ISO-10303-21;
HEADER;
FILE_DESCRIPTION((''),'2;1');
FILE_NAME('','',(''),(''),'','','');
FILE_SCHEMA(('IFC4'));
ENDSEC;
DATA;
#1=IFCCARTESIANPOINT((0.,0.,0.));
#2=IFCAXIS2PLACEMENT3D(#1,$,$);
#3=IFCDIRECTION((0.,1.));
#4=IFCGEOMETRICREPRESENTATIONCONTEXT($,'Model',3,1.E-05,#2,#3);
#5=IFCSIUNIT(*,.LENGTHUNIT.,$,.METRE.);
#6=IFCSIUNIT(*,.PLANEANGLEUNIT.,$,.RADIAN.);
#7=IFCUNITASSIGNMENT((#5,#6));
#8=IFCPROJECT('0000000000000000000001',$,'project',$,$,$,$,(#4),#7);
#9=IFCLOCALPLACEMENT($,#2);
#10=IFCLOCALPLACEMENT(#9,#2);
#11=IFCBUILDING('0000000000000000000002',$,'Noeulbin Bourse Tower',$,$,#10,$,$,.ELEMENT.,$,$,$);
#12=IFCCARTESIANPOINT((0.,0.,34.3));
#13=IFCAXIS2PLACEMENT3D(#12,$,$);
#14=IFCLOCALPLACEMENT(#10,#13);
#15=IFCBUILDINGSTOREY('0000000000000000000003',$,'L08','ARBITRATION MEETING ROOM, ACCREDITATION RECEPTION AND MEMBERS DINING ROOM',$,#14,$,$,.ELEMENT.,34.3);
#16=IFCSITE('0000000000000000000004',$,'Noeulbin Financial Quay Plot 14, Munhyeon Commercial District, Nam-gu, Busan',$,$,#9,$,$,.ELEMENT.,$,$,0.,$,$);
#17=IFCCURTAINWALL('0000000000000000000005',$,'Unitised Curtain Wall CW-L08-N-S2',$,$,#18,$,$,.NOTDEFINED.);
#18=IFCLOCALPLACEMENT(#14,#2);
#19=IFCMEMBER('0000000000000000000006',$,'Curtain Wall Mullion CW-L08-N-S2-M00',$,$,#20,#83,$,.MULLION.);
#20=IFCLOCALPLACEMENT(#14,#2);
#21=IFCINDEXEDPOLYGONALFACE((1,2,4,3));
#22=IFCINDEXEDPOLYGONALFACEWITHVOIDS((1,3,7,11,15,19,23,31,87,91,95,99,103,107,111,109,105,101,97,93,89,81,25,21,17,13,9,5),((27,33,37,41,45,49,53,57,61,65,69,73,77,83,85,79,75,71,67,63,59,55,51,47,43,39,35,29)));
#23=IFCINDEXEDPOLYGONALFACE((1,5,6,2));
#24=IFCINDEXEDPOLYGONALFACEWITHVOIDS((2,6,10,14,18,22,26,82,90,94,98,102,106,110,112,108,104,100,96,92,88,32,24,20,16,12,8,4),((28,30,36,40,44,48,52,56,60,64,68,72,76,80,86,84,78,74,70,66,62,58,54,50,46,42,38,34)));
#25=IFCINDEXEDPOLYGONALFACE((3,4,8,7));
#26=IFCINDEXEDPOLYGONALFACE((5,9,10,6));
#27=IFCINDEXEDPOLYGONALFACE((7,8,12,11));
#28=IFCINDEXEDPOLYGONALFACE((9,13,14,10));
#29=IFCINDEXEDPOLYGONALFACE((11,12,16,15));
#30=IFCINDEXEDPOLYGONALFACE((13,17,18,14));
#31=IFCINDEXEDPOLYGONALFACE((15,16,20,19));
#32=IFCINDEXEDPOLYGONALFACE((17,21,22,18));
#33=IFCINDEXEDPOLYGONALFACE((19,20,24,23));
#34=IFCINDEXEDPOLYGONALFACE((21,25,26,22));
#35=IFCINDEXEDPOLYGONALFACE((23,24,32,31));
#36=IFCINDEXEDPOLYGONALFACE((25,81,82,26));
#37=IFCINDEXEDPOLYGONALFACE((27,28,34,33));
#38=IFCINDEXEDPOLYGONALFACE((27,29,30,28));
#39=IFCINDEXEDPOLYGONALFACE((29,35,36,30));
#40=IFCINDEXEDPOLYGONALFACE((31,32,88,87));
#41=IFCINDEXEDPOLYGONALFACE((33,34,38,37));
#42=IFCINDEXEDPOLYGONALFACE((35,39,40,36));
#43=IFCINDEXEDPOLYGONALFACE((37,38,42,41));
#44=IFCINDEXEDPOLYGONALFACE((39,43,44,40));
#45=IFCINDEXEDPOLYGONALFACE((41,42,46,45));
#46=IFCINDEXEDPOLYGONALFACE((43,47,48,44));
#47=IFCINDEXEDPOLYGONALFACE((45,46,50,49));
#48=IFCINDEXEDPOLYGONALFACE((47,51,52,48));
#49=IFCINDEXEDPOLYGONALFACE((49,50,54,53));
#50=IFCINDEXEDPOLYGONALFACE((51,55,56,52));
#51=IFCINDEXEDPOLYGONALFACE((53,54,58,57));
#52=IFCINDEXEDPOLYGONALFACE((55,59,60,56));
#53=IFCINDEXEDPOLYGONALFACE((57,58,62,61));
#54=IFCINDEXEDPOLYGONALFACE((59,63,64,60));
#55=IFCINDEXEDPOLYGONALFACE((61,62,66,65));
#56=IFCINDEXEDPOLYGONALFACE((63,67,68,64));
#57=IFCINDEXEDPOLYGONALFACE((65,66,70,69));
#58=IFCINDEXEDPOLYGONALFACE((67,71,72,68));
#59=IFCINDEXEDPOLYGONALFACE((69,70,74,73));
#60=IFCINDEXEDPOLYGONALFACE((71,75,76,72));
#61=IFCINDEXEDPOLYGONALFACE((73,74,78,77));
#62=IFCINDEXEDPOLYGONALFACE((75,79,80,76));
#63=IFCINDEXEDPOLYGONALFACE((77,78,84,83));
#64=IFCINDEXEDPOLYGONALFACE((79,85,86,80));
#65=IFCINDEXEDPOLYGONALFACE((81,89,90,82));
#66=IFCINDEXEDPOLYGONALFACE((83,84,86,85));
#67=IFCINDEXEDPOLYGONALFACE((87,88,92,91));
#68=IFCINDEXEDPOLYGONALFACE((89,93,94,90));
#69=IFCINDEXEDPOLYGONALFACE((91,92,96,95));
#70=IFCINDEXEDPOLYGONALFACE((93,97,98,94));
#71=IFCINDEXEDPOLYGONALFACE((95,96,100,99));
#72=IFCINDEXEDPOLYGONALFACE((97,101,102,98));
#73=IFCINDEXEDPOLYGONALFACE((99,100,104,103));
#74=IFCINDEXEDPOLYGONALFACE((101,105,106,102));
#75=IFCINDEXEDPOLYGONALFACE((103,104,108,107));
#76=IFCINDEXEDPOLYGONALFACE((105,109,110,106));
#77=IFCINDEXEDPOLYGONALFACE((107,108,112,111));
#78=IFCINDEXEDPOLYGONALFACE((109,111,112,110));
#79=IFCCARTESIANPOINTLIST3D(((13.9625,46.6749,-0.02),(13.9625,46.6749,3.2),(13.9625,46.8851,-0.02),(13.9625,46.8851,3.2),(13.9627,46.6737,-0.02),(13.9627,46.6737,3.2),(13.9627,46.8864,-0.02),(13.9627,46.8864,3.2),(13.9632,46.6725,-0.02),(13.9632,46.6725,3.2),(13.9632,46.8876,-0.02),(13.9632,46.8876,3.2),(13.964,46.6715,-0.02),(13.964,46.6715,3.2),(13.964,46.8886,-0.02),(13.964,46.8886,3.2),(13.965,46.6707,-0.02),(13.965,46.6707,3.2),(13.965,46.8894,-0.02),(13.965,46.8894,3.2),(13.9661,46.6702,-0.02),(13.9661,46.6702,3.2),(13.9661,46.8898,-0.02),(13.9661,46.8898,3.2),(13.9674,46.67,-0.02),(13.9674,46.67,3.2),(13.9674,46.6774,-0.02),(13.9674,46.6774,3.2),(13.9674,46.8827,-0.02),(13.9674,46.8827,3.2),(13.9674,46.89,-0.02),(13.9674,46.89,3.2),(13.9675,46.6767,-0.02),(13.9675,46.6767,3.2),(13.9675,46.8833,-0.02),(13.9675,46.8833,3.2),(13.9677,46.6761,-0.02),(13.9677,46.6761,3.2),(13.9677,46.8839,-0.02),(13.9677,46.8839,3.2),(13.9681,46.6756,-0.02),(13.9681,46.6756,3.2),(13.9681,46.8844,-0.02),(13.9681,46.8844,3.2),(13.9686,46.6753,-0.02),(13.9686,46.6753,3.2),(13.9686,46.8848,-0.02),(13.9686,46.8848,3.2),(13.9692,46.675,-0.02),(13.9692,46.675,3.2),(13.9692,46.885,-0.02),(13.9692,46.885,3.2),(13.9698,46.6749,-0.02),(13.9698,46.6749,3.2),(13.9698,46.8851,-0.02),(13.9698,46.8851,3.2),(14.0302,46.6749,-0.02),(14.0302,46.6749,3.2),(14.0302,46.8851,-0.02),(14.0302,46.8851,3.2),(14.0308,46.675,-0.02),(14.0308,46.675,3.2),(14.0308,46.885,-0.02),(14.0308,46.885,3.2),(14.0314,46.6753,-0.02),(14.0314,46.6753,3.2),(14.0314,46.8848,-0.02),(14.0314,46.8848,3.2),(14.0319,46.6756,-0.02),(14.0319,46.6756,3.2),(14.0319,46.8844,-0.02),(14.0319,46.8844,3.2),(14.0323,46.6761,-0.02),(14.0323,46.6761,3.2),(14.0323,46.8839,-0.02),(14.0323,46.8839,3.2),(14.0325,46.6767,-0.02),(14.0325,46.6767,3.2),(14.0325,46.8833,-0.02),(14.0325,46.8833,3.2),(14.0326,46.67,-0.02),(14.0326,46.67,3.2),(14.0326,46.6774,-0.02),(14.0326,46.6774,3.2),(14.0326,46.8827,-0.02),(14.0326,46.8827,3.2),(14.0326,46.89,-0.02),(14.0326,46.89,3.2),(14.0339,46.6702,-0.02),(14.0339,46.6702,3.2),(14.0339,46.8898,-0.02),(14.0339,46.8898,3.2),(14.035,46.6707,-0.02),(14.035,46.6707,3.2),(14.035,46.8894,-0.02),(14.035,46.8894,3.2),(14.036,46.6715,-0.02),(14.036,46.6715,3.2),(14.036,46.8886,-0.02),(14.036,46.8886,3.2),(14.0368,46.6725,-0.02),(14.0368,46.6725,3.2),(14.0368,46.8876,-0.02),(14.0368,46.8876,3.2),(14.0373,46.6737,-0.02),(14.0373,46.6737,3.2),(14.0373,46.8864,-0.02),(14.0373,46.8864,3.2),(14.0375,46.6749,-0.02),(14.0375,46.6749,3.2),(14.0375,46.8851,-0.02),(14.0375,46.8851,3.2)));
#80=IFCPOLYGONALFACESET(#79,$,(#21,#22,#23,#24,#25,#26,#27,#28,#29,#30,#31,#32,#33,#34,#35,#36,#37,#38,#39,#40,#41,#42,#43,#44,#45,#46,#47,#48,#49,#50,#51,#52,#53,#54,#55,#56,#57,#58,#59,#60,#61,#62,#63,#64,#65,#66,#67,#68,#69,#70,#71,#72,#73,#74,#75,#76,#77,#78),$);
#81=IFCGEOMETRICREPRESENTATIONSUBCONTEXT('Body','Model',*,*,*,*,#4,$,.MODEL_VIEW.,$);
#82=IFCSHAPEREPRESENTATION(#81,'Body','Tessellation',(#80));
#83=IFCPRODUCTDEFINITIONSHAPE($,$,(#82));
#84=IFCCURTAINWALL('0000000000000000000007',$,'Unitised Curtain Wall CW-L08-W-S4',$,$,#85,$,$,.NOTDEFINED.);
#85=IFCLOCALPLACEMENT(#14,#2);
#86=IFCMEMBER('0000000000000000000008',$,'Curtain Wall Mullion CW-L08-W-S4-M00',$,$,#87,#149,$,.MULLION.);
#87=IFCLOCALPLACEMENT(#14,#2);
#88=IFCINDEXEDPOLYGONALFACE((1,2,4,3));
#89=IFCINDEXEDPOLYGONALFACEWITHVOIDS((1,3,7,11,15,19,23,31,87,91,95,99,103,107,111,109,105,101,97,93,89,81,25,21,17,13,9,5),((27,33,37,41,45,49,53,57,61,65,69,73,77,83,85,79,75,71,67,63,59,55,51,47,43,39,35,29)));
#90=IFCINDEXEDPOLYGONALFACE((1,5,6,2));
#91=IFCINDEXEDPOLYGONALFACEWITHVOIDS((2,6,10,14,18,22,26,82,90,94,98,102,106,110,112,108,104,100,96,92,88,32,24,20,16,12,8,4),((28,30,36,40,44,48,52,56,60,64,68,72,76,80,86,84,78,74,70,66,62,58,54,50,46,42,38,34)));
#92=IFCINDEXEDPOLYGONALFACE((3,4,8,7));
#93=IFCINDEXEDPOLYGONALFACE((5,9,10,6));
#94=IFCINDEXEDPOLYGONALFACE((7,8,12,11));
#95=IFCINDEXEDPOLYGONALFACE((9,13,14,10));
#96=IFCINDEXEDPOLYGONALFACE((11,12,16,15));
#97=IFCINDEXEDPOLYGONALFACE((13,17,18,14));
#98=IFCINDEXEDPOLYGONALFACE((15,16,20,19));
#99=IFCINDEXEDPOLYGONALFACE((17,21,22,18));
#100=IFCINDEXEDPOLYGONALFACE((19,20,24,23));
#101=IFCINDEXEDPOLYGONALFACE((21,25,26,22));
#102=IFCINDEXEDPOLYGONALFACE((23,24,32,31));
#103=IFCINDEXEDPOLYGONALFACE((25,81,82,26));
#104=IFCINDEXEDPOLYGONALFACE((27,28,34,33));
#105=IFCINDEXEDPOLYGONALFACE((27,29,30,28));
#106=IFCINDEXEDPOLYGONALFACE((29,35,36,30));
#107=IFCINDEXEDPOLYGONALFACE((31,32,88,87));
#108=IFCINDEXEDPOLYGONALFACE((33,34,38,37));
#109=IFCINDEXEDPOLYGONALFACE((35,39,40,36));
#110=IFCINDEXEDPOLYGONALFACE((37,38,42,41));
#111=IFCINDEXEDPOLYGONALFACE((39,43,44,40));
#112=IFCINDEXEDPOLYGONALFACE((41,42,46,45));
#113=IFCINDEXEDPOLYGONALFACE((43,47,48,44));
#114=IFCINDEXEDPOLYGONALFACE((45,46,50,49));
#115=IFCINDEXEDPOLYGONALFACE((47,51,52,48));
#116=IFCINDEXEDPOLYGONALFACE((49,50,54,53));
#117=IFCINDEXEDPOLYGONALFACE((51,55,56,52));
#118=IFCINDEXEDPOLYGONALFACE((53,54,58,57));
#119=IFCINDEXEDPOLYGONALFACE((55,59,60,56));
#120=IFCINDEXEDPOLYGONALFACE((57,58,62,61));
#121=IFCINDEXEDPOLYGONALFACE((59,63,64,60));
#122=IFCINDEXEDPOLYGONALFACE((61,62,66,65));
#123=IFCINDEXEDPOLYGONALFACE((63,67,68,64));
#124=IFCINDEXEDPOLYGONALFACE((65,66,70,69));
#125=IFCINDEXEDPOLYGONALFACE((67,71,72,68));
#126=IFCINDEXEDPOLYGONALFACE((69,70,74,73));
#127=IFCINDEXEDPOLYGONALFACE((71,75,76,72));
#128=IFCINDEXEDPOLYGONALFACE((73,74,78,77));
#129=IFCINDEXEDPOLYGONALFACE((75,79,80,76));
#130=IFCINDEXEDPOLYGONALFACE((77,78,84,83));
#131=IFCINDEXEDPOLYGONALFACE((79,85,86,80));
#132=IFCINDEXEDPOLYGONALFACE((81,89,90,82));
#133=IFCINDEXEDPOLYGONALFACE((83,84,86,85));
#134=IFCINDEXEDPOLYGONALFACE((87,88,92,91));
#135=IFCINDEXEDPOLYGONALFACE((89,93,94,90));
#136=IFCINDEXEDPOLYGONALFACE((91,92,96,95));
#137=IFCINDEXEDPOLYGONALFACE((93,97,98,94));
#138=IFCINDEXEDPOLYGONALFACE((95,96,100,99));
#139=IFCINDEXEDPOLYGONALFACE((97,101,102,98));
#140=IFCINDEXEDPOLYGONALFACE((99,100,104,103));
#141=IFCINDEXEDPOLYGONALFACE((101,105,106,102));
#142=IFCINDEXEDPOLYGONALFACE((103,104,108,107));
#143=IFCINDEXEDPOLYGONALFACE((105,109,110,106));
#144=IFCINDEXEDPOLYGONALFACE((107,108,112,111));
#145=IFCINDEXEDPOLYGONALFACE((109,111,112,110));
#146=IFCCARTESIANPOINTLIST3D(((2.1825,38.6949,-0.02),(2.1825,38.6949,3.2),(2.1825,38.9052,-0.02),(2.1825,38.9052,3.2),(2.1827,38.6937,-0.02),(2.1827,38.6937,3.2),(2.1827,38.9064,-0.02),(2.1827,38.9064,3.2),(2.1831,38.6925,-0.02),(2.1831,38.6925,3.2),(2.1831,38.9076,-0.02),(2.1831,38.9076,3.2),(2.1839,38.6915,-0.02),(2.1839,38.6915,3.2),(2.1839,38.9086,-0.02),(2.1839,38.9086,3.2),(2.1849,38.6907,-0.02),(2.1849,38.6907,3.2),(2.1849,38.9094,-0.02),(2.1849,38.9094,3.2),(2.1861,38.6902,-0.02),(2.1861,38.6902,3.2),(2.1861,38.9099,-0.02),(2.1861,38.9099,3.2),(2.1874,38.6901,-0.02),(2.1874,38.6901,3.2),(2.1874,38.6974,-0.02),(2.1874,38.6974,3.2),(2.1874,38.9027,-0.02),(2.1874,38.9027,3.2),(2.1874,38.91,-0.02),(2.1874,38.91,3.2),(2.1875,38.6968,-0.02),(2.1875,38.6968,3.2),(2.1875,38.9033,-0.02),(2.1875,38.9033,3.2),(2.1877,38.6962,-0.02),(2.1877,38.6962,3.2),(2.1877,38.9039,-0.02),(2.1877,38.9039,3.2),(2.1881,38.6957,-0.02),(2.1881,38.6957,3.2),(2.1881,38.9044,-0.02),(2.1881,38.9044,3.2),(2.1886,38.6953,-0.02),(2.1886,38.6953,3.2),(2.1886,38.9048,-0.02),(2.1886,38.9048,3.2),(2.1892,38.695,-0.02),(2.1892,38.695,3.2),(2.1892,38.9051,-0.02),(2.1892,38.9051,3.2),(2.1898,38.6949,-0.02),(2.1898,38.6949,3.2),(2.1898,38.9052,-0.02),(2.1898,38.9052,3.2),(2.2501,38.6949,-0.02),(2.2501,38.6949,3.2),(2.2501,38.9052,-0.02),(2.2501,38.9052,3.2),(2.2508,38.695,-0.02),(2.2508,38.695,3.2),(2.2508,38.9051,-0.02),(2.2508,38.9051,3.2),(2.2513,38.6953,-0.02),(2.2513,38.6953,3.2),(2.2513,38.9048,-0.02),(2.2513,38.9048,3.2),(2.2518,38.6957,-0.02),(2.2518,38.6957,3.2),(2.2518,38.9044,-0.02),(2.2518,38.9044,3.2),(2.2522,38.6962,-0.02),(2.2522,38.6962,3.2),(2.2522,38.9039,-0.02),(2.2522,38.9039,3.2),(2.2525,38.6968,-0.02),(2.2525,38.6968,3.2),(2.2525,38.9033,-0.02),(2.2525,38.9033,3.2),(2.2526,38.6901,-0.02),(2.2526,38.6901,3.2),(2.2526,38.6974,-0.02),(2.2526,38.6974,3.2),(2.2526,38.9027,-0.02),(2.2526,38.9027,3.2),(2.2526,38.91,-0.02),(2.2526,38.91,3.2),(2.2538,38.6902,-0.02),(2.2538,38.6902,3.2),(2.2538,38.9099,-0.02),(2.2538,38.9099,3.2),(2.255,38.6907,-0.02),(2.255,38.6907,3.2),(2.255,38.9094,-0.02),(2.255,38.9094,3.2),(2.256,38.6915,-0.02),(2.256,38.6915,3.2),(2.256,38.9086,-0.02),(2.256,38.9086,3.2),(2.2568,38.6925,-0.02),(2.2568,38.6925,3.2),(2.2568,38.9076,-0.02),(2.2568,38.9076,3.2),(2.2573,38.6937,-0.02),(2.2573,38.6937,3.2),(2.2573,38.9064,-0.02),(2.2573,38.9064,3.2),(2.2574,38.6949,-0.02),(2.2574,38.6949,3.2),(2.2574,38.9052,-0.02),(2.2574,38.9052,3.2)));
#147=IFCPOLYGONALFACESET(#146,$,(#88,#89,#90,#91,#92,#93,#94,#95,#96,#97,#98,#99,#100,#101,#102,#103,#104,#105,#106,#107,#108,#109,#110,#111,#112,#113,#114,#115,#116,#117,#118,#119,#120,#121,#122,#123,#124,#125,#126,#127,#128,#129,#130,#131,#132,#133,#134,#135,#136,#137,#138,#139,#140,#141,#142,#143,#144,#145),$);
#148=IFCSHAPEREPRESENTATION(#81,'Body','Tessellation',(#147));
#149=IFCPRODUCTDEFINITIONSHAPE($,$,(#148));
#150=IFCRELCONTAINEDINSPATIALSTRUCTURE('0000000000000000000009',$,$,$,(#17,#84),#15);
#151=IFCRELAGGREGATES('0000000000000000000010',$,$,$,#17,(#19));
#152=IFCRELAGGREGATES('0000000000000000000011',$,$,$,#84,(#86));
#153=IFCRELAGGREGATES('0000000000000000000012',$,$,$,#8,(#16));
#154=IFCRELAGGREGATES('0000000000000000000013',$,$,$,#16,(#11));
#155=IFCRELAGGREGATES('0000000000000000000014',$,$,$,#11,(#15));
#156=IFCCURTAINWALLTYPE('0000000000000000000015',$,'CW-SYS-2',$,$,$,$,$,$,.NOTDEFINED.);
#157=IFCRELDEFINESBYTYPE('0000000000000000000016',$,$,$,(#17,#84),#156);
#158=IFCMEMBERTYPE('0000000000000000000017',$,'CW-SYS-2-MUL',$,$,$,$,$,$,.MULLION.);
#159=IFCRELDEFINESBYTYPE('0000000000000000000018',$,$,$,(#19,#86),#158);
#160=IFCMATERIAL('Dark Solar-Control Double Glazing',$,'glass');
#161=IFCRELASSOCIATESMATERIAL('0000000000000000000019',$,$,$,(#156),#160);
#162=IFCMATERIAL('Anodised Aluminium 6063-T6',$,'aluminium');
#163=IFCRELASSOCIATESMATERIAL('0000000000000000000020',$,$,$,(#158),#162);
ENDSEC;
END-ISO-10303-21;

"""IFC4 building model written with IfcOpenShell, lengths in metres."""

from ifc_helpers import new_model, si_unit, direction, frame, origin, origin_2d, place, context, subcontext, project, spatial, hollow_rectangle, extrude, material, material_profile, profile_set, type_object, element, aggregate, save


model = new_model("IFC4")

# Units and contexts
model_context = context("Model", 3, precision=1e-05, world=origin(), true_north=direction((0.0, 1.0)))
body_context = subcontext(model_context, "Body", "Model", "MODEL_VIEW")
ifc_project = project(units=[si_unit("LENGTHUNIT", "METRE"), si_unit("PLANEANGLEUNIT", "RADIAN")], contexts=[model_context])

# Site, building, storey
site_placement = place(None, origin())
site = spatial("IfcSite", under=ifc_project, at=site_placement, Name="Noeulbin Financial Quay Plot 14, Munhyeon Commercial District, Nam-gu, Busan", CompositionType="ELEMENT", RefElevation=0.0)
building_placement = place(site_placement, origin())
building = spatial("IfcBuilding", under=site, at=building_placement, Name="Noeulbin Bourse Tower", CompositionType="ELEMENT")
storey_placement = place(building_placement, frame((0.0, 0.0, 34.3)))
storey = spatial("IfcBuildingStorey", under=building, at=storey_placement, Name="L08", Description="ARBITRATION MEETING ROOM, ACCREDITATION RECEPTION AND MEMBERS DINING ROOM", CompositionType="ELEMENT", Elevation=34.3)

# Shared definitions
ifc_material_1 = material(Name="Dark Solar-Control Double Glazing", Category="glass")
curtain_wall_type = type_object("IfcCurtainWallType", Name="CW-SYS-2", PredefinedType="NOTDEFINED", material=ifc_material_1)
ifc_material_2 = material(Name="Anodised Aluminium 6063-T6", Category="aluminium")
ifc_material_profile_1 = material_profile(ifc_material_2, hollow_rectangle(XDim=0.075, YDim=0.22, WallThickness=0.0049, InnerFilletRadius=0.0024, OuterFilletRadius=0.0049, at=origin_2d()), Name="ALU-MULL-75x220x5", Category="LoadBearing")
ifc_profile_set_1 = profile_set([ifc_material_profile_1], Name="Anodised Aluminium 6063-T6")
member_type_1 = type_object("IfcMemberType", Name="CW-SYS-2-MUL", PredefinedType="MULLION", material=ifc_profile_set_1)

# Curtain wall, member
curtain_wall_1_placement = place(storey_placement, origin())
curtain_wall_1 = element("IfcCurtainWall", 1, at=curtain_wall_1_placement, inside=storey, type_object=curtain_wall_type, Name="Unitised Curtain Wall CW-L08-N-S2", PredefinedType="NOTDEFINED")
member_1_placement = place(storey_placement, frame((14.0, 46.78, -0.02), z_axis=(0.0, 0.0, 1.0), x_axis=(1.0, 0.0, 0.0)))
member_1 = element("IfcMember", 2, at=member_1_placement, type_object=member_type_1, Name="Curtain Wall Mullion CW-L08-N-S2-M00", PredefinedType="MULLION", context=body_context, shape_type="SweptSolid", body=[
    extrude(hollow_rectangle(XDim=0.075, YDim=0.22, WallThickness=0.0049, InnerFilletRadius=0.0024, OuterFilletRadius=0.0049, at=origin_2d()), origin(), (0.0, 0.0, 1.0), 3.22),
])

# Curtain wall, member
curtain_wall_2_placement = place(storey_placement, origin())
curtain_wall_2 = element("IfcCurtainWall", 3, at=curtain_wall_2_placement, inside=storey, type_object=curtain_wall_type, Name="Unitised Curtain Wall CW-L08-W-S4", PredefinedType="NOTDEFINED")
member_2_placement = place(storey_placement, frame((2.22, 38.8, -0.02), z_axis=(0.0, 0.0, 1.0), x_axis=(1.0, 0.0, 0.0)))
member_2 = element("IfcMember", 4, at=member_2_placement, type_object=member_type_1, Name="Curtain Wall Mullion CW-L08-W-S4-M00", PredefinedType="MULLION", context=body_context, shape_type="SweptSolid", body=[
    extrude(hollow_rectangle(XDim=0.075, YDim=0.22, WallThickness=0.0049, InnerFilletRadius=0.0024, OuterFilletRadius=0.0049, at=origin_2d()), origin(), (0.0, 0.0, 1.0), 3.22),
])

aggregate(curtain_wall_1, [member_1])

aggregate(curtain_wall_2, [member_2])

save(model, "model.ifc")
